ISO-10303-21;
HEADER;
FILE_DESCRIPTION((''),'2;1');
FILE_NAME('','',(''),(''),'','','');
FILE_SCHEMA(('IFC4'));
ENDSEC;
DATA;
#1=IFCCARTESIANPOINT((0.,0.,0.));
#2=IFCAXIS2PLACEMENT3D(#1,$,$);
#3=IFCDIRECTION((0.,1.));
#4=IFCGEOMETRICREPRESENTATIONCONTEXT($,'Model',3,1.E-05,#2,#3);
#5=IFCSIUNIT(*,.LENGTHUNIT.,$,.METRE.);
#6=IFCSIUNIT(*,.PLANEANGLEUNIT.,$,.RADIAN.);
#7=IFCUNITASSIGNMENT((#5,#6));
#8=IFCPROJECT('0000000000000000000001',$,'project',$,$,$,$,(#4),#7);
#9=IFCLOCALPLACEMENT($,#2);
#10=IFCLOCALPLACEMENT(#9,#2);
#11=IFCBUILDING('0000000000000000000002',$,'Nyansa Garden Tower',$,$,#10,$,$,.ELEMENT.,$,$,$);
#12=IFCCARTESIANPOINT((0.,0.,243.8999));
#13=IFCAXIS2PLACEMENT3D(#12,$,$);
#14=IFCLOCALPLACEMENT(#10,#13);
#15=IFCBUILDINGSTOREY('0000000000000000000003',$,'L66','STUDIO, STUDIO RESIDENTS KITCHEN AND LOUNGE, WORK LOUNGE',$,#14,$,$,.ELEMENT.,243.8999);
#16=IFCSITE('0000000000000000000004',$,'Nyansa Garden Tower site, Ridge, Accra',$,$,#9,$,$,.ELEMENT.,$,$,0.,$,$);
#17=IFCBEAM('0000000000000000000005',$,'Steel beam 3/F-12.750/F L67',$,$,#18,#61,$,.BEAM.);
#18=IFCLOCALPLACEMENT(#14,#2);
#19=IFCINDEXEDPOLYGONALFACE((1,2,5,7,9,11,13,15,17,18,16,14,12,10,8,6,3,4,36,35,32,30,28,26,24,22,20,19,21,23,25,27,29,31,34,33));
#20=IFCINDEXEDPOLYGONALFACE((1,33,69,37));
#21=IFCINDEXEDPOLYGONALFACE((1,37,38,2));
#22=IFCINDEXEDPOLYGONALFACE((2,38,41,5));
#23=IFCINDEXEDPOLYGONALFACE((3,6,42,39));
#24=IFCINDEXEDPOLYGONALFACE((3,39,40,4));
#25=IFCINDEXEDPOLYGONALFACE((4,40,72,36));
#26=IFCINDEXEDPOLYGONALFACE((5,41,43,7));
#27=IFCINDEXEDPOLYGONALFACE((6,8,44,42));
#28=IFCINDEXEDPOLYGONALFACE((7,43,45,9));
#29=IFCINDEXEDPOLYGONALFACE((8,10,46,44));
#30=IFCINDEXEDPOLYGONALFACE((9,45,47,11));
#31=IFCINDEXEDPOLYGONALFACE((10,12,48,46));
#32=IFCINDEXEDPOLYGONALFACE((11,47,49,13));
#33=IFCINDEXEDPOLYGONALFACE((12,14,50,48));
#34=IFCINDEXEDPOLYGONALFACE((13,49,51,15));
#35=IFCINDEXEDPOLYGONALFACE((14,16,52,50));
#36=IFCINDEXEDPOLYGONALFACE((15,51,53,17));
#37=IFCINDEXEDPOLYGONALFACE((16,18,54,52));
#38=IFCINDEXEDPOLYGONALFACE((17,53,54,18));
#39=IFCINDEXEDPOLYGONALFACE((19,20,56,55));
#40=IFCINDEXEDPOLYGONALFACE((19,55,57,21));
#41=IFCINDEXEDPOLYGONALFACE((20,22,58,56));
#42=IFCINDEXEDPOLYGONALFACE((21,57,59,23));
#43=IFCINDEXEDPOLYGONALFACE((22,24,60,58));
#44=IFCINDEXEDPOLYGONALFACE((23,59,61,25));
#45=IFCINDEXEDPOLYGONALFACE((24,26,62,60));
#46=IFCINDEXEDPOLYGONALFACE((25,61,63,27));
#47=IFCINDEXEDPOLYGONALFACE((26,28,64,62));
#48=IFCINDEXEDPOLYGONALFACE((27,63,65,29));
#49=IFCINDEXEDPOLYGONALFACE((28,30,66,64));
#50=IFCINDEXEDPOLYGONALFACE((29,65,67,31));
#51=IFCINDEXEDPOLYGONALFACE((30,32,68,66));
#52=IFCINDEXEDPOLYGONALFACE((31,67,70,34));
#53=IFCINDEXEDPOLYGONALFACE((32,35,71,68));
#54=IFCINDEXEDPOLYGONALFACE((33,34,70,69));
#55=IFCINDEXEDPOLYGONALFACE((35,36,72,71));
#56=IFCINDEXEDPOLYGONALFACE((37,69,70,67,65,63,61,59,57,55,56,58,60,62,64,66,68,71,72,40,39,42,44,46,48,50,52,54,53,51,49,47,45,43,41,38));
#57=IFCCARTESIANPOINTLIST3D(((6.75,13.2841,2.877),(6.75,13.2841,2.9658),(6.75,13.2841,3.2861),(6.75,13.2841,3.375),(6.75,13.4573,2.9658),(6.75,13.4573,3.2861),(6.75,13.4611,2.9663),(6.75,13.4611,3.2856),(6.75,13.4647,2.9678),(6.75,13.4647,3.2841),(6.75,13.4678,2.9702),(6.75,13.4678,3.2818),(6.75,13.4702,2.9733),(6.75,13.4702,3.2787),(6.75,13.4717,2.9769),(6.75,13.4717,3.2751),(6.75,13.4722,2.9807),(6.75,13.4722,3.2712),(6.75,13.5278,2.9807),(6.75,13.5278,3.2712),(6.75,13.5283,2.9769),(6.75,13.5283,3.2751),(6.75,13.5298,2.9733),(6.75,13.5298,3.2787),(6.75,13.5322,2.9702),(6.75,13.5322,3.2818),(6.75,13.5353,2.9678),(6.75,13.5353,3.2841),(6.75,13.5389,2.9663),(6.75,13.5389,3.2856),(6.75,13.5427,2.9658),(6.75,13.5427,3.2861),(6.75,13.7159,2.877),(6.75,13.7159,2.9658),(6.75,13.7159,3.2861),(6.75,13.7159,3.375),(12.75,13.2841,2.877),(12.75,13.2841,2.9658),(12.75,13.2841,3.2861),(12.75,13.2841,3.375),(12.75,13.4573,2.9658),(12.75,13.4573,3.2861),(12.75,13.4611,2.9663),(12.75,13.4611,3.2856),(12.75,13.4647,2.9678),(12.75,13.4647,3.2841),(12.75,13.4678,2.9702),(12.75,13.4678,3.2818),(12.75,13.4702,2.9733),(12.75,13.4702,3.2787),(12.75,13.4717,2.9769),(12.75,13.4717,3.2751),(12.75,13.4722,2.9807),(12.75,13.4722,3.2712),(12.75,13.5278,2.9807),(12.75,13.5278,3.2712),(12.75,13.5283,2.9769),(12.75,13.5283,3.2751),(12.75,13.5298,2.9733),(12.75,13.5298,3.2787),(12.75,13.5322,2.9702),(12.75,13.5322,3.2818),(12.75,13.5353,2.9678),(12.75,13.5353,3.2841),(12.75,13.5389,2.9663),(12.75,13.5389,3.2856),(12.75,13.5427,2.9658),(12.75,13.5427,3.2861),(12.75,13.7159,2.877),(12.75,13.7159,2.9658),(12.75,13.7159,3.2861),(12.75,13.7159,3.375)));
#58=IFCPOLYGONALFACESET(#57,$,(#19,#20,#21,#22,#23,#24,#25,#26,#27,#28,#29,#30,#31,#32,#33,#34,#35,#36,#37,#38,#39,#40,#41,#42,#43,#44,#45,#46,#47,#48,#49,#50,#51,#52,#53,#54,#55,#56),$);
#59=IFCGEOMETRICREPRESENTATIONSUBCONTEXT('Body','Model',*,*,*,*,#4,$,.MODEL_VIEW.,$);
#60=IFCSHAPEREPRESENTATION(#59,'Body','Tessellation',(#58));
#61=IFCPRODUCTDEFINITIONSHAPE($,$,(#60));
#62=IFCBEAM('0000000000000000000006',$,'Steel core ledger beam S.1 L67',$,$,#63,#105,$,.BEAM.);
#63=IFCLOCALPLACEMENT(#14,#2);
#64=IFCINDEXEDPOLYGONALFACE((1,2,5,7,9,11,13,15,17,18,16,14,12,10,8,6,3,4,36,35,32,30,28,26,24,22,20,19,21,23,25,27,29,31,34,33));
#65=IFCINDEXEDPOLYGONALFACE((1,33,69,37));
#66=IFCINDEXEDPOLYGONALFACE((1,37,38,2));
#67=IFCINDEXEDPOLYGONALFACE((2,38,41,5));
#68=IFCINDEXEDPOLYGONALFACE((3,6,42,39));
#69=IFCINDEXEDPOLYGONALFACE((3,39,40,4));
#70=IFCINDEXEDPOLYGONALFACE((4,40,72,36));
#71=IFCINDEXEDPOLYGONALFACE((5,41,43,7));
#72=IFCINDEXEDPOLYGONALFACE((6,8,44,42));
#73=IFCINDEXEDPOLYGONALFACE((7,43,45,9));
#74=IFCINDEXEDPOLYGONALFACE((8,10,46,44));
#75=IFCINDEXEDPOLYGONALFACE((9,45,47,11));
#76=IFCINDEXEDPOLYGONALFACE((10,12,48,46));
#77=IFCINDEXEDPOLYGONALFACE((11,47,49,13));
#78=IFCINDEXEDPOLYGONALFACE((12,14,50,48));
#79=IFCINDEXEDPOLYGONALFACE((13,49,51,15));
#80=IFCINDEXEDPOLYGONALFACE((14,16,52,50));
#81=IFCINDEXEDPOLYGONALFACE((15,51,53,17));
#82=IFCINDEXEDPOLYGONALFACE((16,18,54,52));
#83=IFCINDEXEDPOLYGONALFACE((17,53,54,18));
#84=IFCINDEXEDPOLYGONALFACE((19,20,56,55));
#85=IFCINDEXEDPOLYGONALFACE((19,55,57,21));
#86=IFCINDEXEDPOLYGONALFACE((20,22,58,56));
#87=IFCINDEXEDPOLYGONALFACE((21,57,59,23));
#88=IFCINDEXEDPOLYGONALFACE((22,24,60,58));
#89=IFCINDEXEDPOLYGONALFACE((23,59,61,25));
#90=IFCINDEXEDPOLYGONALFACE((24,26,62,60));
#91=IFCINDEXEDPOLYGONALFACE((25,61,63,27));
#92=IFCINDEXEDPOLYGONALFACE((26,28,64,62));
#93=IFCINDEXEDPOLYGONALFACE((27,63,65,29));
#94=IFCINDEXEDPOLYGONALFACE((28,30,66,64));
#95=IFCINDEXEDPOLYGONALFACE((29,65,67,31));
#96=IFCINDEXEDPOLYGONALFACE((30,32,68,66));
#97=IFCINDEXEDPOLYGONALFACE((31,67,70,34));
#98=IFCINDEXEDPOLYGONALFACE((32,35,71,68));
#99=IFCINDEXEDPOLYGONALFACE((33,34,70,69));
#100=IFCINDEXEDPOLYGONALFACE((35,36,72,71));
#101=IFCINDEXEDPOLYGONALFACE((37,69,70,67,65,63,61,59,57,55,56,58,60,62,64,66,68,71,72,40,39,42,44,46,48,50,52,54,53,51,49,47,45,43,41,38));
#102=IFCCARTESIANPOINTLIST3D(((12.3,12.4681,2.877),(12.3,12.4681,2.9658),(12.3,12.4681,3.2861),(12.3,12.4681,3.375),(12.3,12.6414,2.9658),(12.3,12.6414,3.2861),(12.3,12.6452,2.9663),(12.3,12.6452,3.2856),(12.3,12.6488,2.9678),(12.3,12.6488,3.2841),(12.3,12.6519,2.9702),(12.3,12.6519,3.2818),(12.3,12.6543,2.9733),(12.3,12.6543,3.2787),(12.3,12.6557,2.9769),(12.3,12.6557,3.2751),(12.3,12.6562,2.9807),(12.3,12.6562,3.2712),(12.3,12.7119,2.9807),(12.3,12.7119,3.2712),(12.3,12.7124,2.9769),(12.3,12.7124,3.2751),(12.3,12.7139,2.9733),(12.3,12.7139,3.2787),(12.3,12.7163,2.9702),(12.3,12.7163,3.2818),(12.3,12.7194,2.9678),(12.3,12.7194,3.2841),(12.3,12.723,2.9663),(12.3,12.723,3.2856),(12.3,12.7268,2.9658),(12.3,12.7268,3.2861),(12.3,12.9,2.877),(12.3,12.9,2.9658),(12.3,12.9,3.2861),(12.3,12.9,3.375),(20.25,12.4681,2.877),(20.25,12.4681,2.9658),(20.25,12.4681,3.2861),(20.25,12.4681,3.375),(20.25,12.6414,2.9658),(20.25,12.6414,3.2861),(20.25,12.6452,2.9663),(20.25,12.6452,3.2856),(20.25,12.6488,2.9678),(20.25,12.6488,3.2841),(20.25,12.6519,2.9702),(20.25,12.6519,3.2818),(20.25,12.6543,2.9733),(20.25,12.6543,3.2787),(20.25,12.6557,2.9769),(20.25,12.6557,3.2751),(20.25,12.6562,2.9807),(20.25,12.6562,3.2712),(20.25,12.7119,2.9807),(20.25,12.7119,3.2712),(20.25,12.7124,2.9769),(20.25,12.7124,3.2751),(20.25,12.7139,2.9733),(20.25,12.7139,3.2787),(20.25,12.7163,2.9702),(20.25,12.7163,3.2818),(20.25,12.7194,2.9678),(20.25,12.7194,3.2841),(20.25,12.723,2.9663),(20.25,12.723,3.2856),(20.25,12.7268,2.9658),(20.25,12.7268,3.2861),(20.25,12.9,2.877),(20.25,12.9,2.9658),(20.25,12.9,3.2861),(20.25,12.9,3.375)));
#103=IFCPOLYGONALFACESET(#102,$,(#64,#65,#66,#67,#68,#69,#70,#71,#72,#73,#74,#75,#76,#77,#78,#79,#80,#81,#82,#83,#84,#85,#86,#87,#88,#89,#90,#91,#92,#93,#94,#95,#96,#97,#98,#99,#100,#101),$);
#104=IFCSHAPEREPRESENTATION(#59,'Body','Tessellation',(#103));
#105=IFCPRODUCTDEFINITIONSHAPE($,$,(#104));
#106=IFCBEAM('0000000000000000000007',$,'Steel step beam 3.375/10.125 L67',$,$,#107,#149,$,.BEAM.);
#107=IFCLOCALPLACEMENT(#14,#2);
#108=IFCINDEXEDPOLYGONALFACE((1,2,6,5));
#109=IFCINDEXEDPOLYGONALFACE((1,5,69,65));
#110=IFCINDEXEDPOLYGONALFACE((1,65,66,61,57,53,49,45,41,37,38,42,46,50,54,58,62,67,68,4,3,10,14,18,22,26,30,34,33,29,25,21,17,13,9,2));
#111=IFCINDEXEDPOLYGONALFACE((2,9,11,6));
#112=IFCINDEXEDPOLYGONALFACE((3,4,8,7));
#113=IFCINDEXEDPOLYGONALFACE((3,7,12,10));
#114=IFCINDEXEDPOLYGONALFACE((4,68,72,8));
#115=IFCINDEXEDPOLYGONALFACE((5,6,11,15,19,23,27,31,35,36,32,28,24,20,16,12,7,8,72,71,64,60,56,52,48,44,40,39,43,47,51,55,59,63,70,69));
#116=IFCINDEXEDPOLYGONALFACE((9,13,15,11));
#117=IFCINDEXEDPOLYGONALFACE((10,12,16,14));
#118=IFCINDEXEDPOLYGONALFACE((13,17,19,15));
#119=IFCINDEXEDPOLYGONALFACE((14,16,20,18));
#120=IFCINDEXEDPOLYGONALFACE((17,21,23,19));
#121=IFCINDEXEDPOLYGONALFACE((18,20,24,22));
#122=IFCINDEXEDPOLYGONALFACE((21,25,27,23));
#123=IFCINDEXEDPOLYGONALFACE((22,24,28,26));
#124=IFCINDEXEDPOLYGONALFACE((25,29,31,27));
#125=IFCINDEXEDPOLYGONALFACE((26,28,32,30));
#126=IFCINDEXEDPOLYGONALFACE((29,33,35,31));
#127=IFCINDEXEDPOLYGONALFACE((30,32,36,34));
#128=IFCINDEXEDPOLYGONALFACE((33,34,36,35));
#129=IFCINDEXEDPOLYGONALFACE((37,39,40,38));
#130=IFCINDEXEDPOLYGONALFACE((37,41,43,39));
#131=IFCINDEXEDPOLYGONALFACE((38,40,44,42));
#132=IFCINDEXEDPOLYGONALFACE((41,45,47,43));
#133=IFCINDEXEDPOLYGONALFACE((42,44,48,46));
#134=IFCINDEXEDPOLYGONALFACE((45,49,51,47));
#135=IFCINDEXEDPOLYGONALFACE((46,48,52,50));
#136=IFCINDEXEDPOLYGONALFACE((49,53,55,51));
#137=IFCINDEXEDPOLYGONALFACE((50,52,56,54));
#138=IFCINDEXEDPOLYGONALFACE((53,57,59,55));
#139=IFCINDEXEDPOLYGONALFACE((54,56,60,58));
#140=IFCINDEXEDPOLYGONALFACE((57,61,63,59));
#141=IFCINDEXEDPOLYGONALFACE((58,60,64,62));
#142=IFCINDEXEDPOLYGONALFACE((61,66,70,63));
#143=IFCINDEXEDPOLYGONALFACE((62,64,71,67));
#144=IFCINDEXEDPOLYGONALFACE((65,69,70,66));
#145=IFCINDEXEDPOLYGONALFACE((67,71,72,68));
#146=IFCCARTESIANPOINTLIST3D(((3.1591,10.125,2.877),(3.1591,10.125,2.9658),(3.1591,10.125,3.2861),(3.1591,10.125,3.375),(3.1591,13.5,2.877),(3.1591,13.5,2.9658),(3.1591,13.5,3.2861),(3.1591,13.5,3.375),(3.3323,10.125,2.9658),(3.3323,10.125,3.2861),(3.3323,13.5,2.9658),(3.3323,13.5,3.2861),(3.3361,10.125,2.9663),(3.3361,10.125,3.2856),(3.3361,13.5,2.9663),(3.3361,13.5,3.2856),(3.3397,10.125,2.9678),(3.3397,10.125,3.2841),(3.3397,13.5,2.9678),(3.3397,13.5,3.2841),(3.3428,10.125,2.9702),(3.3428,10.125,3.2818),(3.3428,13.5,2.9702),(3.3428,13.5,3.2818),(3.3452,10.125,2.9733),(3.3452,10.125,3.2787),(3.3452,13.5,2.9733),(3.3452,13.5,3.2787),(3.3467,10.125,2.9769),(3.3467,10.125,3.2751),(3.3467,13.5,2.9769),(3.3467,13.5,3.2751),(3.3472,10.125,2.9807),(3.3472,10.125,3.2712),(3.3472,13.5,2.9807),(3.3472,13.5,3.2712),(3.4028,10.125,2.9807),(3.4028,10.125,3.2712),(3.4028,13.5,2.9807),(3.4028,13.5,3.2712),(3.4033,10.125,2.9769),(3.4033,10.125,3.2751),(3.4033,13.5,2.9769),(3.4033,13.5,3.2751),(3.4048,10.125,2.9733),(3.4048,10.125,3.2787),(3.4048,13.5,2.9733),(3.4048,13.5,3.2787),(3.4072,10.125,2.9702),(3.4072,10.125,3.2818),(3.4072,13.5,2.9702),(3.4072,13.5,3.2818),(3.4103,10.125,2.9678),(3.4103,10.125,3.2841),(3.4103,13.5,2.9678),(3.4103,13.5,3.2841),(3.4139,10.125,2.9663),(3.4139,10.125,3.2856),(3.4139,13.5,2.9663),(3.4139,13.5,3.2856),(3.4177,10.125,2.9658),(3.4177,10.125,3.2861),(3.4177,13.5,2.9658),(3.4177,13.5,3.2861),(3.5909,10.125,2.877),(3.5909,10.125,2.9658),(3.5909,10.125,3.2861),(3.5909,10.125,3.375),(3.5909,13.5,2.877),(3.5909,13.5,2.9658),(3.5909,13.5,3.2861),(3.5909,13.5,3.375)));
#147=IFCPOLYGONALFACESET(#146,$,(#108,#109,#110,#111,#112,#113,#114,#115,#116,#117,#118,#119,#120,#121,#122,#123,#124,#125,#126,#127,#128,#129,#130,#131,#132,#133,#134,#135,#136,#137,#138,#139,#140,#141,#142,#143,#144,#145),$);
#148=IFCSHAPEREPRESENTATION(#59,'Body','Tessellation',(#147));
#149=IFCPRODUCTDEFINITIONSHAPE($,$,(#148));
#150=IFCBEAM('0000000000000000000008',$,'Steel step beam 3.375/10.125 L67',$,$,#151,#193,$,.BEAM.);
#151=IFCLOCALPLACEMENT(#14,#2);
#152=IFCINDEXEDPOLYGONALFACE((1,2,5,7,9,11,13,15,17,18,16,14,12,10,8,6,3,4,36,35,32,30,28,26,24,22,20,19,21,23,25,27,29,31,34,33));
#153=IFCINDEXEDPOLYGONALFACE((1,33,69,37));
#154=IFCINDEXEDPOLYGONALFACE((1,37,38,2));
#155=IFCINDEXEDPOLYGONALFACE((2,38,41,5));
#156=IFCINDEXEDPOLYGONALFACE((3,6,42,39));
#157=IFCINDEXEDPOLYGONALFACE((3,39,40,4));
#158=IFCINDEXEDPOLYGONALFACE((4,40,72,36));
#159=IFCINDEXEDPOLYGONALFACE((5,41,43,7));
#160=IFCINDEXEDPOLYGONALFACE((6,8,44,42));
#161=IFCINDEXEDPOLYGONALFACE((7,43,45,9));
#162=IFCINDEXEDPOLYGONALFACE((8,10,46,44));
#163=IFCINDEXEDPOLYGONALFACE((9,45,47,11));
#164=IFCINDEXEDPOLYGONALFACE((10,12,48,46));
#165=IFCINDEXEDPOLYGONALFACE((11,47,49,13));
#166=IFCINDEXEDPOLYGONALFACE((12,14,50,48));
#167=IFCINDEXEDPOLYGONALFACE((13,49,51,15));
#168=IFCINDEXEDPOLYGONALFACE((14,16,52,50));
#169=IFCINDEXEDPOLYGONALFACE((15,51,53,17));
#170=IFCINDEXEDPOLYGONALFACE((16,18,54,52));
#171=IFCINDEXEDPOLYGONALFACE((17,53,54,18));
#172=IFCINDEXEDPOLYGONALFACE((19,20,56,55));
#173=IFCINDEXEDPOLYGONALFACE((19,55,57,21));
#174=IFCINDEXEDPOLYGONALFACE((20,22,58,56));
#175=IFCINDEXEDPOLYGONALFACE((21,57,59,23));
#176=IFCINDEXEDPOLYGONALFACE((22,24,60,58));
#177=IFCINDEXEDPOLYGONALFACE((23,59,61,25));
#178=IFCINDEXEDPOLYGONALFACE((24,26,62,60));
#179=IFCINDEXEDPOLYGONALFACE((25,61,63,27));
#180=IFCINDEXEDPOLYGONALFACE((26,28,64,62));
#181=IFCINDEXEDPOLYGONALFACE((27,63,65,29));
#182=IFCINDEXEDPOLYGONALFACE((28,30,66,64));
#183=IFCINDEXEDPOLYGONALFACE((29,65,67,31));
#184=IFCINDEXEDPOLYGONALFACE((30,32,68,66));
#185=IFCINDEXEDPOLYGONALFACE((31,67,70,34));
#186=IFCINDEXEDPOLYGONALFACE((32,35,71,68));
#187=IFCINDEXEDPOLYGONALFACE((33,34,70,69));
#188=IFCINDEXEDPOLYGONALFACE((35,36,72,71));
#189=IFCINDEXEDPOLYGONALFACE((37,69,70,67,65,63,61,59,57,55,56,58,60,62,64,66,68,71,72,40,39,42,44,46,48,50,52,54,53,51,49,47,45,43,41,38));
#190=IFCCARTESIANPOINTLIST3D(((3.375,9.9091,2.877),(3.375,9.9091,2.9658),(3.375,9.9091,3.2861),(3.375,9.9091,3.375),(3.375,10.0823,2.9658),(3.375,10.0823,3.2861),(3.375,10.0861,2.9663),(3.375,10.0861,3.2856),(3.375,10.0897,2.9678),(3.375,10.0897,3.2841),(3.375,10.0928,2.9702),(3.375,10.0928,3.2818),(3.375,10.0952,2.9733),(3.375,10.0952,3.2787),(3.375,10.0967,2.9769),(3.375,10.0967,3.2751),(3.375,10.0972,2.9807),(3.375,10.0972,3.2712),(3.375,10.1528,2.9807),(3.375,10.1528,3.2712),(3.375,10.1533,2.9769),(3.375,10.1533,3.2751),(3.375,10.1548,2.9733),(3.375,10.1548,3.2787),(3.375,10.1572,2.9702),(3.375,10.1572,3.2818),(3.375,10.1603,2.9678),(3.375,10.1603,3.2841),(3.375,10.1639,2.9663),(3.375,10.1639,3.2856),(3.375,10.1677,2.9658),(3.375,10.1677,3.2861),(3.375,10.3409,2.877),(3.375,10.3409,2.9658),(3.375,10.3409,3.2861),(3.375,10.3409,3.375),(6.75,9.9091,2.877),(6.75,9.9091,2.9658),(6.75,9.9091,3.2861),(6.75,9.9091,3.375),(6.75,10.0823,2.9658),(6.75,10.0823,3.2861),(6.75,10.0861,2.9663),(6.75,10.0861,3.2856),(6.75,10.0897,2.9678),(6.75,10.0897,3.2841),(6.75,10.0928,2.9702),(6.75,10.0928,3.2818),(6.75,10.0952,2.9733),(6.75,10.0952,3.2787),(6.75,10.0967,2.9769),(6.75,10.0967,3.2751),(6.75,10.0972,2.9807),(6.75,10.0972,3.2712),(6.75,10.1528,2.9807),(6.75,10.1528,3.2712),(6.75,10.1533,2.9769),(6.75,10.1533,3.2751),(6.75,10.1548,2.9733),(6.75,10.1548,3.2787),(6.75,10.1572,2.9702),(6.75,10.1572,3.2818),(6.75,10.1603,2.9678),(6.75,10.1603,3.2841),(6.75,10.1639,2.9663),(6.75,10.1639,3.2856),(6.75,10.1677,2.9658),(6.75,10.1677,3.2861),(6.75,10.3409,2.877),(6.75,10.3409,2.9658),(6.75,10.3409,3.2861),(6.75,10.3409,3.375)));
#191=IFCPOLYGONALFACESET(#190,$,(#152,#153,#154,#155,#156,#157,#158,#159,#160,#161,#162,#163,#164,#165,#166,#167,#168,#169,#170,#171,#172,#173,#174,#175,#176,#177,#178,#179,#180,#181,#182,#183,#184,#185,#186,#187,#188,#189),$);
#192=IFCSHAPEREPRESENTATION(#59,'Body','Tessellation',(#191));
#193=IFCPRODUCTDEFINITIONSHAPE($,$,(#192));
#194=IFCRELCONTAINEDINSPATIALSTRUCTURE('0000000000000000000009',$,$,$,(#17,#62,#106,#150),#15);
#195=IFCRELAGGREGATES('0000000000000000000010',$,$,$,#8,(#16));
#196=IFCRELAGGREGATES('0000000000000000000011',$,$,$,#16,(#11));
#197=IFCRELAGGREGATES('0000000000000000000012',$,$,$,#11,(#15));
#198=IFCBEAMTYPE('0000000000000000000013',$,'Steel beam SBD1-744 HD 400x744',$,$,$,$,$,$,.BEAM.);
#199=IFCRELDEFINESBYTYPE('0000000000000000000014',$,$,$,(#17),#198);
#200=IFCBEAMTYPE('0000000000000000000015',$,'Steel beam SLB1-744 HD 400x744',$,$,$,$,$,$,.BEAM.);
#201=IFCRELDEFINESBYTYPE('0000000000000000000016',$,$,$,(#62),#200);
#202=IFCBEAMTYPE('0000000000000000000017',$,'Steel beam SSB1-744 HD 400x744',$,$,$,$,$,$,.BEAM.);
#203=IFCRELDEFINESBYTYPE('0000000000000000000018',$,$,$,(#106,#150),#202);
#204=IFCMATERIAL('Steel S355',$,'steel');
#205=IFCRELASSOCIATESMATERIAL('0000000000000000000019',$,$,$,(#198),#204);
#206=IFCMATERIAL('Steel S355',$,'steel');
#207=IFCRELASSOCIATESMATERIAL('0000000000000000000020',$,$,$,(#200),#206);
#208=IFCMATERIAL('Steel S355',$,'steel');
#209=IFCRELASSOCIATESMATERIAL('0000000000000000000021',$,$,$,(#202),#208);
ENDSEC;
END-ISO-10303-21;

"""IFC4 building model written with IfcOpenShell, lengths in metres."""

from ifc_helpers import new_model, si_unit, direction, frame, origin, origin_2d, place, context, subcontext, project, spatial, i_section, extrude, material, material_profile, profile_set, type_object, element, save


model = new_model("IFC4")

# Units and contexts
model_context = context("Model", 3, precision=1e-05, world=origin(), true_north=direction((0.0, 1.0)))
body_context = subcontext(model_context, "Body", "Model", "MODEL_VIEW")
ifc_project = project(units=[si_unit("LENGTHUNIT", "METRE"), si_unit("PLANEANGLEUNIT", "RADIAN")], contexts=[model_context])

# Site, building, storey
site_placement = place(None, origin())
site = spatial("IfcSite", under=ifc_project, at=site_placement, Name="Nyansa Garden Tower site, Ridge, Accra", CompositionType="ELEMENT", RefElevation=0.0)
building_placement = place(site_placement, origin())
building = spatial("IfcBuilding", under=site, at=building_placement, Name="Nyansa Garden Tower", CompositionType="ELEMENT")
storey_placement = place(building_placement, frame((0.0, 0.0, 243.8999)))
storey = spatial("IfcBuildingStorey", under=building, at=storey_placement, Name="L66", Description="STUDIO, STUDIO RESIDENTS KITCHEN AND LOUNGE, WORK LOUNGE", CompositionType="ELEMENT", Elevation=243.8999)

# Beams
ifc_material_1 = material(Name="Steel S355", Category="steel")
ifc_material_profile_1 = material_profile(ifc_material_1, i_section(OverallWidth=0.4319, OverallDepth=0.498, WebThickness=0.0557, FlangeThickness=0.0889, FilletRadius=0.0149, at=origin_2d()), Name="HD 400x744")
ifc_profile_set_1 = profile_set([ifc_material_profile_1], Name="Steel S355")
beam_type_1 = type_object("IfcBeamType", Name="Steel beam SBD1-744 HD 400x744", PredefinedType="BEAM", material=ifc_profile_set_1)
beam_1_placement = place(storey_placement, frame((6.75, 13.5, 3.126), z_axis=(1.0, 0.0, 0.0), x_axis=(0.0, 1.0, 0.0)))
element("IfcBeam", 1, at=beam_1_placement, inside=storey, type_object=beam_type_1, Name="Steel beam 3/F-12.750/F L67", PredefinedType="BEAM", context=body_context, shape_type="SweptSolid", body=[
    extrude(i_section(OverallWidth=0.4319, OverallDepth=0.498, WebThickness=0.0557, FlangeThickness=0.0889, FilletRadius=0.0149, at=origin_2d()), origin(), (0.0, 0.0, 1.0), 6.0),
])
ifc_material_2 = material(Name="Steel S355", Category="steel")
ifc_material_profile_2 = material_profile(ifc_material_2, i_section(OverallWidth=0.4319, OverallDepth=0.498, WebThickness=0.0557, FlangeThickness=0.0889, FilletRadius=0.0149, at=origin_2d()), Name="HD 400x744")
ifc_profile_set_2 = profile_set([ifc_material_profile_2], Name="Steel S355")
beam_type_2 = type_object("IfcBeamType", Name="Steel beam SLB1-744 HD 400x744", PredefinedType="BEAM", material=ifc_profile_set_2)
beam_2_placement = place(storey_placement, frame((12.3, 12.6841, 3.126), z_axis=(1.0, 0.0, 0.0), x_axis=(0.0, 1.0, 0.0)))
element("IfcBeam", 2, at=beam_2_placement, inside=storey, type_object=beam_type_2, Name="Steel core ledger beam S.1 L67", PredefinedType="BEAM", context=body_context, shape_type="SweptSolid", body=[
    extrude(i_section(OverallWidth=0.4319, OverallDepth=0.498, WebThickness=0.0557, FlangeThickness=0.0889, FilletRadius=0.0149, at=origin_2d()), origin(), (0.0, 0.0, 1.0), 7.95),
])
ifc_material_3 = material(Name="Steel S355", Category="steel")
ifc_material_profile_3 = material_profile(ifc_material_3, i_section(OverallWidth=0.4319, OverallDepth=0.498, WebThickness=0.0557, FlangeThickness=0.0889, FilletRadius=0.0149, at=origin_2d()), Name="HD 400x744")
ifc_profile_set_3 = profile_set([ifc_material_profile_3], Name="Steel S355")
beam_type_3 = type_object("IfcBeamType", Name="Steel beam SSB1-744 HD 400x744", PredefinedType="BEAM", material=ifc_profile_set_3)
for number, where, z_axis, x_axis, name in (
    (3, (3.375, 10.125, 3.126), (0.0, 1.0, 0.0), (-1.0, 0.0, 0.0), "Steel step beam 3.375/10.125 L67"),
    (4, (3.375, 10.125, 3.126), (1.0, 0.0, 0.0), (0.0, 1.0, 0.0), "Steel step beam 3.375/10.125 L67"),
):
    element("IfcBeam", number, at=place(storey_placement, frame(where, z_axis=z_axis, x_axis=x_axis)), inside=storey, type_object=beam_type_3, Name=name, PredefinedType="BEAM", context=body_context, shape_type="SweptSolid", body=[
        extrude(i_section(OverallWidth=0.4319, OverallDepth=0.498, WebThickness=0.0557, FlangeThickness=0.0889, FilletRadius=0.0149, at=origin_2d()), origin(), (0.0, 0.0, 1.0), 3.375),
    ])

save(model, "model.ifc")
